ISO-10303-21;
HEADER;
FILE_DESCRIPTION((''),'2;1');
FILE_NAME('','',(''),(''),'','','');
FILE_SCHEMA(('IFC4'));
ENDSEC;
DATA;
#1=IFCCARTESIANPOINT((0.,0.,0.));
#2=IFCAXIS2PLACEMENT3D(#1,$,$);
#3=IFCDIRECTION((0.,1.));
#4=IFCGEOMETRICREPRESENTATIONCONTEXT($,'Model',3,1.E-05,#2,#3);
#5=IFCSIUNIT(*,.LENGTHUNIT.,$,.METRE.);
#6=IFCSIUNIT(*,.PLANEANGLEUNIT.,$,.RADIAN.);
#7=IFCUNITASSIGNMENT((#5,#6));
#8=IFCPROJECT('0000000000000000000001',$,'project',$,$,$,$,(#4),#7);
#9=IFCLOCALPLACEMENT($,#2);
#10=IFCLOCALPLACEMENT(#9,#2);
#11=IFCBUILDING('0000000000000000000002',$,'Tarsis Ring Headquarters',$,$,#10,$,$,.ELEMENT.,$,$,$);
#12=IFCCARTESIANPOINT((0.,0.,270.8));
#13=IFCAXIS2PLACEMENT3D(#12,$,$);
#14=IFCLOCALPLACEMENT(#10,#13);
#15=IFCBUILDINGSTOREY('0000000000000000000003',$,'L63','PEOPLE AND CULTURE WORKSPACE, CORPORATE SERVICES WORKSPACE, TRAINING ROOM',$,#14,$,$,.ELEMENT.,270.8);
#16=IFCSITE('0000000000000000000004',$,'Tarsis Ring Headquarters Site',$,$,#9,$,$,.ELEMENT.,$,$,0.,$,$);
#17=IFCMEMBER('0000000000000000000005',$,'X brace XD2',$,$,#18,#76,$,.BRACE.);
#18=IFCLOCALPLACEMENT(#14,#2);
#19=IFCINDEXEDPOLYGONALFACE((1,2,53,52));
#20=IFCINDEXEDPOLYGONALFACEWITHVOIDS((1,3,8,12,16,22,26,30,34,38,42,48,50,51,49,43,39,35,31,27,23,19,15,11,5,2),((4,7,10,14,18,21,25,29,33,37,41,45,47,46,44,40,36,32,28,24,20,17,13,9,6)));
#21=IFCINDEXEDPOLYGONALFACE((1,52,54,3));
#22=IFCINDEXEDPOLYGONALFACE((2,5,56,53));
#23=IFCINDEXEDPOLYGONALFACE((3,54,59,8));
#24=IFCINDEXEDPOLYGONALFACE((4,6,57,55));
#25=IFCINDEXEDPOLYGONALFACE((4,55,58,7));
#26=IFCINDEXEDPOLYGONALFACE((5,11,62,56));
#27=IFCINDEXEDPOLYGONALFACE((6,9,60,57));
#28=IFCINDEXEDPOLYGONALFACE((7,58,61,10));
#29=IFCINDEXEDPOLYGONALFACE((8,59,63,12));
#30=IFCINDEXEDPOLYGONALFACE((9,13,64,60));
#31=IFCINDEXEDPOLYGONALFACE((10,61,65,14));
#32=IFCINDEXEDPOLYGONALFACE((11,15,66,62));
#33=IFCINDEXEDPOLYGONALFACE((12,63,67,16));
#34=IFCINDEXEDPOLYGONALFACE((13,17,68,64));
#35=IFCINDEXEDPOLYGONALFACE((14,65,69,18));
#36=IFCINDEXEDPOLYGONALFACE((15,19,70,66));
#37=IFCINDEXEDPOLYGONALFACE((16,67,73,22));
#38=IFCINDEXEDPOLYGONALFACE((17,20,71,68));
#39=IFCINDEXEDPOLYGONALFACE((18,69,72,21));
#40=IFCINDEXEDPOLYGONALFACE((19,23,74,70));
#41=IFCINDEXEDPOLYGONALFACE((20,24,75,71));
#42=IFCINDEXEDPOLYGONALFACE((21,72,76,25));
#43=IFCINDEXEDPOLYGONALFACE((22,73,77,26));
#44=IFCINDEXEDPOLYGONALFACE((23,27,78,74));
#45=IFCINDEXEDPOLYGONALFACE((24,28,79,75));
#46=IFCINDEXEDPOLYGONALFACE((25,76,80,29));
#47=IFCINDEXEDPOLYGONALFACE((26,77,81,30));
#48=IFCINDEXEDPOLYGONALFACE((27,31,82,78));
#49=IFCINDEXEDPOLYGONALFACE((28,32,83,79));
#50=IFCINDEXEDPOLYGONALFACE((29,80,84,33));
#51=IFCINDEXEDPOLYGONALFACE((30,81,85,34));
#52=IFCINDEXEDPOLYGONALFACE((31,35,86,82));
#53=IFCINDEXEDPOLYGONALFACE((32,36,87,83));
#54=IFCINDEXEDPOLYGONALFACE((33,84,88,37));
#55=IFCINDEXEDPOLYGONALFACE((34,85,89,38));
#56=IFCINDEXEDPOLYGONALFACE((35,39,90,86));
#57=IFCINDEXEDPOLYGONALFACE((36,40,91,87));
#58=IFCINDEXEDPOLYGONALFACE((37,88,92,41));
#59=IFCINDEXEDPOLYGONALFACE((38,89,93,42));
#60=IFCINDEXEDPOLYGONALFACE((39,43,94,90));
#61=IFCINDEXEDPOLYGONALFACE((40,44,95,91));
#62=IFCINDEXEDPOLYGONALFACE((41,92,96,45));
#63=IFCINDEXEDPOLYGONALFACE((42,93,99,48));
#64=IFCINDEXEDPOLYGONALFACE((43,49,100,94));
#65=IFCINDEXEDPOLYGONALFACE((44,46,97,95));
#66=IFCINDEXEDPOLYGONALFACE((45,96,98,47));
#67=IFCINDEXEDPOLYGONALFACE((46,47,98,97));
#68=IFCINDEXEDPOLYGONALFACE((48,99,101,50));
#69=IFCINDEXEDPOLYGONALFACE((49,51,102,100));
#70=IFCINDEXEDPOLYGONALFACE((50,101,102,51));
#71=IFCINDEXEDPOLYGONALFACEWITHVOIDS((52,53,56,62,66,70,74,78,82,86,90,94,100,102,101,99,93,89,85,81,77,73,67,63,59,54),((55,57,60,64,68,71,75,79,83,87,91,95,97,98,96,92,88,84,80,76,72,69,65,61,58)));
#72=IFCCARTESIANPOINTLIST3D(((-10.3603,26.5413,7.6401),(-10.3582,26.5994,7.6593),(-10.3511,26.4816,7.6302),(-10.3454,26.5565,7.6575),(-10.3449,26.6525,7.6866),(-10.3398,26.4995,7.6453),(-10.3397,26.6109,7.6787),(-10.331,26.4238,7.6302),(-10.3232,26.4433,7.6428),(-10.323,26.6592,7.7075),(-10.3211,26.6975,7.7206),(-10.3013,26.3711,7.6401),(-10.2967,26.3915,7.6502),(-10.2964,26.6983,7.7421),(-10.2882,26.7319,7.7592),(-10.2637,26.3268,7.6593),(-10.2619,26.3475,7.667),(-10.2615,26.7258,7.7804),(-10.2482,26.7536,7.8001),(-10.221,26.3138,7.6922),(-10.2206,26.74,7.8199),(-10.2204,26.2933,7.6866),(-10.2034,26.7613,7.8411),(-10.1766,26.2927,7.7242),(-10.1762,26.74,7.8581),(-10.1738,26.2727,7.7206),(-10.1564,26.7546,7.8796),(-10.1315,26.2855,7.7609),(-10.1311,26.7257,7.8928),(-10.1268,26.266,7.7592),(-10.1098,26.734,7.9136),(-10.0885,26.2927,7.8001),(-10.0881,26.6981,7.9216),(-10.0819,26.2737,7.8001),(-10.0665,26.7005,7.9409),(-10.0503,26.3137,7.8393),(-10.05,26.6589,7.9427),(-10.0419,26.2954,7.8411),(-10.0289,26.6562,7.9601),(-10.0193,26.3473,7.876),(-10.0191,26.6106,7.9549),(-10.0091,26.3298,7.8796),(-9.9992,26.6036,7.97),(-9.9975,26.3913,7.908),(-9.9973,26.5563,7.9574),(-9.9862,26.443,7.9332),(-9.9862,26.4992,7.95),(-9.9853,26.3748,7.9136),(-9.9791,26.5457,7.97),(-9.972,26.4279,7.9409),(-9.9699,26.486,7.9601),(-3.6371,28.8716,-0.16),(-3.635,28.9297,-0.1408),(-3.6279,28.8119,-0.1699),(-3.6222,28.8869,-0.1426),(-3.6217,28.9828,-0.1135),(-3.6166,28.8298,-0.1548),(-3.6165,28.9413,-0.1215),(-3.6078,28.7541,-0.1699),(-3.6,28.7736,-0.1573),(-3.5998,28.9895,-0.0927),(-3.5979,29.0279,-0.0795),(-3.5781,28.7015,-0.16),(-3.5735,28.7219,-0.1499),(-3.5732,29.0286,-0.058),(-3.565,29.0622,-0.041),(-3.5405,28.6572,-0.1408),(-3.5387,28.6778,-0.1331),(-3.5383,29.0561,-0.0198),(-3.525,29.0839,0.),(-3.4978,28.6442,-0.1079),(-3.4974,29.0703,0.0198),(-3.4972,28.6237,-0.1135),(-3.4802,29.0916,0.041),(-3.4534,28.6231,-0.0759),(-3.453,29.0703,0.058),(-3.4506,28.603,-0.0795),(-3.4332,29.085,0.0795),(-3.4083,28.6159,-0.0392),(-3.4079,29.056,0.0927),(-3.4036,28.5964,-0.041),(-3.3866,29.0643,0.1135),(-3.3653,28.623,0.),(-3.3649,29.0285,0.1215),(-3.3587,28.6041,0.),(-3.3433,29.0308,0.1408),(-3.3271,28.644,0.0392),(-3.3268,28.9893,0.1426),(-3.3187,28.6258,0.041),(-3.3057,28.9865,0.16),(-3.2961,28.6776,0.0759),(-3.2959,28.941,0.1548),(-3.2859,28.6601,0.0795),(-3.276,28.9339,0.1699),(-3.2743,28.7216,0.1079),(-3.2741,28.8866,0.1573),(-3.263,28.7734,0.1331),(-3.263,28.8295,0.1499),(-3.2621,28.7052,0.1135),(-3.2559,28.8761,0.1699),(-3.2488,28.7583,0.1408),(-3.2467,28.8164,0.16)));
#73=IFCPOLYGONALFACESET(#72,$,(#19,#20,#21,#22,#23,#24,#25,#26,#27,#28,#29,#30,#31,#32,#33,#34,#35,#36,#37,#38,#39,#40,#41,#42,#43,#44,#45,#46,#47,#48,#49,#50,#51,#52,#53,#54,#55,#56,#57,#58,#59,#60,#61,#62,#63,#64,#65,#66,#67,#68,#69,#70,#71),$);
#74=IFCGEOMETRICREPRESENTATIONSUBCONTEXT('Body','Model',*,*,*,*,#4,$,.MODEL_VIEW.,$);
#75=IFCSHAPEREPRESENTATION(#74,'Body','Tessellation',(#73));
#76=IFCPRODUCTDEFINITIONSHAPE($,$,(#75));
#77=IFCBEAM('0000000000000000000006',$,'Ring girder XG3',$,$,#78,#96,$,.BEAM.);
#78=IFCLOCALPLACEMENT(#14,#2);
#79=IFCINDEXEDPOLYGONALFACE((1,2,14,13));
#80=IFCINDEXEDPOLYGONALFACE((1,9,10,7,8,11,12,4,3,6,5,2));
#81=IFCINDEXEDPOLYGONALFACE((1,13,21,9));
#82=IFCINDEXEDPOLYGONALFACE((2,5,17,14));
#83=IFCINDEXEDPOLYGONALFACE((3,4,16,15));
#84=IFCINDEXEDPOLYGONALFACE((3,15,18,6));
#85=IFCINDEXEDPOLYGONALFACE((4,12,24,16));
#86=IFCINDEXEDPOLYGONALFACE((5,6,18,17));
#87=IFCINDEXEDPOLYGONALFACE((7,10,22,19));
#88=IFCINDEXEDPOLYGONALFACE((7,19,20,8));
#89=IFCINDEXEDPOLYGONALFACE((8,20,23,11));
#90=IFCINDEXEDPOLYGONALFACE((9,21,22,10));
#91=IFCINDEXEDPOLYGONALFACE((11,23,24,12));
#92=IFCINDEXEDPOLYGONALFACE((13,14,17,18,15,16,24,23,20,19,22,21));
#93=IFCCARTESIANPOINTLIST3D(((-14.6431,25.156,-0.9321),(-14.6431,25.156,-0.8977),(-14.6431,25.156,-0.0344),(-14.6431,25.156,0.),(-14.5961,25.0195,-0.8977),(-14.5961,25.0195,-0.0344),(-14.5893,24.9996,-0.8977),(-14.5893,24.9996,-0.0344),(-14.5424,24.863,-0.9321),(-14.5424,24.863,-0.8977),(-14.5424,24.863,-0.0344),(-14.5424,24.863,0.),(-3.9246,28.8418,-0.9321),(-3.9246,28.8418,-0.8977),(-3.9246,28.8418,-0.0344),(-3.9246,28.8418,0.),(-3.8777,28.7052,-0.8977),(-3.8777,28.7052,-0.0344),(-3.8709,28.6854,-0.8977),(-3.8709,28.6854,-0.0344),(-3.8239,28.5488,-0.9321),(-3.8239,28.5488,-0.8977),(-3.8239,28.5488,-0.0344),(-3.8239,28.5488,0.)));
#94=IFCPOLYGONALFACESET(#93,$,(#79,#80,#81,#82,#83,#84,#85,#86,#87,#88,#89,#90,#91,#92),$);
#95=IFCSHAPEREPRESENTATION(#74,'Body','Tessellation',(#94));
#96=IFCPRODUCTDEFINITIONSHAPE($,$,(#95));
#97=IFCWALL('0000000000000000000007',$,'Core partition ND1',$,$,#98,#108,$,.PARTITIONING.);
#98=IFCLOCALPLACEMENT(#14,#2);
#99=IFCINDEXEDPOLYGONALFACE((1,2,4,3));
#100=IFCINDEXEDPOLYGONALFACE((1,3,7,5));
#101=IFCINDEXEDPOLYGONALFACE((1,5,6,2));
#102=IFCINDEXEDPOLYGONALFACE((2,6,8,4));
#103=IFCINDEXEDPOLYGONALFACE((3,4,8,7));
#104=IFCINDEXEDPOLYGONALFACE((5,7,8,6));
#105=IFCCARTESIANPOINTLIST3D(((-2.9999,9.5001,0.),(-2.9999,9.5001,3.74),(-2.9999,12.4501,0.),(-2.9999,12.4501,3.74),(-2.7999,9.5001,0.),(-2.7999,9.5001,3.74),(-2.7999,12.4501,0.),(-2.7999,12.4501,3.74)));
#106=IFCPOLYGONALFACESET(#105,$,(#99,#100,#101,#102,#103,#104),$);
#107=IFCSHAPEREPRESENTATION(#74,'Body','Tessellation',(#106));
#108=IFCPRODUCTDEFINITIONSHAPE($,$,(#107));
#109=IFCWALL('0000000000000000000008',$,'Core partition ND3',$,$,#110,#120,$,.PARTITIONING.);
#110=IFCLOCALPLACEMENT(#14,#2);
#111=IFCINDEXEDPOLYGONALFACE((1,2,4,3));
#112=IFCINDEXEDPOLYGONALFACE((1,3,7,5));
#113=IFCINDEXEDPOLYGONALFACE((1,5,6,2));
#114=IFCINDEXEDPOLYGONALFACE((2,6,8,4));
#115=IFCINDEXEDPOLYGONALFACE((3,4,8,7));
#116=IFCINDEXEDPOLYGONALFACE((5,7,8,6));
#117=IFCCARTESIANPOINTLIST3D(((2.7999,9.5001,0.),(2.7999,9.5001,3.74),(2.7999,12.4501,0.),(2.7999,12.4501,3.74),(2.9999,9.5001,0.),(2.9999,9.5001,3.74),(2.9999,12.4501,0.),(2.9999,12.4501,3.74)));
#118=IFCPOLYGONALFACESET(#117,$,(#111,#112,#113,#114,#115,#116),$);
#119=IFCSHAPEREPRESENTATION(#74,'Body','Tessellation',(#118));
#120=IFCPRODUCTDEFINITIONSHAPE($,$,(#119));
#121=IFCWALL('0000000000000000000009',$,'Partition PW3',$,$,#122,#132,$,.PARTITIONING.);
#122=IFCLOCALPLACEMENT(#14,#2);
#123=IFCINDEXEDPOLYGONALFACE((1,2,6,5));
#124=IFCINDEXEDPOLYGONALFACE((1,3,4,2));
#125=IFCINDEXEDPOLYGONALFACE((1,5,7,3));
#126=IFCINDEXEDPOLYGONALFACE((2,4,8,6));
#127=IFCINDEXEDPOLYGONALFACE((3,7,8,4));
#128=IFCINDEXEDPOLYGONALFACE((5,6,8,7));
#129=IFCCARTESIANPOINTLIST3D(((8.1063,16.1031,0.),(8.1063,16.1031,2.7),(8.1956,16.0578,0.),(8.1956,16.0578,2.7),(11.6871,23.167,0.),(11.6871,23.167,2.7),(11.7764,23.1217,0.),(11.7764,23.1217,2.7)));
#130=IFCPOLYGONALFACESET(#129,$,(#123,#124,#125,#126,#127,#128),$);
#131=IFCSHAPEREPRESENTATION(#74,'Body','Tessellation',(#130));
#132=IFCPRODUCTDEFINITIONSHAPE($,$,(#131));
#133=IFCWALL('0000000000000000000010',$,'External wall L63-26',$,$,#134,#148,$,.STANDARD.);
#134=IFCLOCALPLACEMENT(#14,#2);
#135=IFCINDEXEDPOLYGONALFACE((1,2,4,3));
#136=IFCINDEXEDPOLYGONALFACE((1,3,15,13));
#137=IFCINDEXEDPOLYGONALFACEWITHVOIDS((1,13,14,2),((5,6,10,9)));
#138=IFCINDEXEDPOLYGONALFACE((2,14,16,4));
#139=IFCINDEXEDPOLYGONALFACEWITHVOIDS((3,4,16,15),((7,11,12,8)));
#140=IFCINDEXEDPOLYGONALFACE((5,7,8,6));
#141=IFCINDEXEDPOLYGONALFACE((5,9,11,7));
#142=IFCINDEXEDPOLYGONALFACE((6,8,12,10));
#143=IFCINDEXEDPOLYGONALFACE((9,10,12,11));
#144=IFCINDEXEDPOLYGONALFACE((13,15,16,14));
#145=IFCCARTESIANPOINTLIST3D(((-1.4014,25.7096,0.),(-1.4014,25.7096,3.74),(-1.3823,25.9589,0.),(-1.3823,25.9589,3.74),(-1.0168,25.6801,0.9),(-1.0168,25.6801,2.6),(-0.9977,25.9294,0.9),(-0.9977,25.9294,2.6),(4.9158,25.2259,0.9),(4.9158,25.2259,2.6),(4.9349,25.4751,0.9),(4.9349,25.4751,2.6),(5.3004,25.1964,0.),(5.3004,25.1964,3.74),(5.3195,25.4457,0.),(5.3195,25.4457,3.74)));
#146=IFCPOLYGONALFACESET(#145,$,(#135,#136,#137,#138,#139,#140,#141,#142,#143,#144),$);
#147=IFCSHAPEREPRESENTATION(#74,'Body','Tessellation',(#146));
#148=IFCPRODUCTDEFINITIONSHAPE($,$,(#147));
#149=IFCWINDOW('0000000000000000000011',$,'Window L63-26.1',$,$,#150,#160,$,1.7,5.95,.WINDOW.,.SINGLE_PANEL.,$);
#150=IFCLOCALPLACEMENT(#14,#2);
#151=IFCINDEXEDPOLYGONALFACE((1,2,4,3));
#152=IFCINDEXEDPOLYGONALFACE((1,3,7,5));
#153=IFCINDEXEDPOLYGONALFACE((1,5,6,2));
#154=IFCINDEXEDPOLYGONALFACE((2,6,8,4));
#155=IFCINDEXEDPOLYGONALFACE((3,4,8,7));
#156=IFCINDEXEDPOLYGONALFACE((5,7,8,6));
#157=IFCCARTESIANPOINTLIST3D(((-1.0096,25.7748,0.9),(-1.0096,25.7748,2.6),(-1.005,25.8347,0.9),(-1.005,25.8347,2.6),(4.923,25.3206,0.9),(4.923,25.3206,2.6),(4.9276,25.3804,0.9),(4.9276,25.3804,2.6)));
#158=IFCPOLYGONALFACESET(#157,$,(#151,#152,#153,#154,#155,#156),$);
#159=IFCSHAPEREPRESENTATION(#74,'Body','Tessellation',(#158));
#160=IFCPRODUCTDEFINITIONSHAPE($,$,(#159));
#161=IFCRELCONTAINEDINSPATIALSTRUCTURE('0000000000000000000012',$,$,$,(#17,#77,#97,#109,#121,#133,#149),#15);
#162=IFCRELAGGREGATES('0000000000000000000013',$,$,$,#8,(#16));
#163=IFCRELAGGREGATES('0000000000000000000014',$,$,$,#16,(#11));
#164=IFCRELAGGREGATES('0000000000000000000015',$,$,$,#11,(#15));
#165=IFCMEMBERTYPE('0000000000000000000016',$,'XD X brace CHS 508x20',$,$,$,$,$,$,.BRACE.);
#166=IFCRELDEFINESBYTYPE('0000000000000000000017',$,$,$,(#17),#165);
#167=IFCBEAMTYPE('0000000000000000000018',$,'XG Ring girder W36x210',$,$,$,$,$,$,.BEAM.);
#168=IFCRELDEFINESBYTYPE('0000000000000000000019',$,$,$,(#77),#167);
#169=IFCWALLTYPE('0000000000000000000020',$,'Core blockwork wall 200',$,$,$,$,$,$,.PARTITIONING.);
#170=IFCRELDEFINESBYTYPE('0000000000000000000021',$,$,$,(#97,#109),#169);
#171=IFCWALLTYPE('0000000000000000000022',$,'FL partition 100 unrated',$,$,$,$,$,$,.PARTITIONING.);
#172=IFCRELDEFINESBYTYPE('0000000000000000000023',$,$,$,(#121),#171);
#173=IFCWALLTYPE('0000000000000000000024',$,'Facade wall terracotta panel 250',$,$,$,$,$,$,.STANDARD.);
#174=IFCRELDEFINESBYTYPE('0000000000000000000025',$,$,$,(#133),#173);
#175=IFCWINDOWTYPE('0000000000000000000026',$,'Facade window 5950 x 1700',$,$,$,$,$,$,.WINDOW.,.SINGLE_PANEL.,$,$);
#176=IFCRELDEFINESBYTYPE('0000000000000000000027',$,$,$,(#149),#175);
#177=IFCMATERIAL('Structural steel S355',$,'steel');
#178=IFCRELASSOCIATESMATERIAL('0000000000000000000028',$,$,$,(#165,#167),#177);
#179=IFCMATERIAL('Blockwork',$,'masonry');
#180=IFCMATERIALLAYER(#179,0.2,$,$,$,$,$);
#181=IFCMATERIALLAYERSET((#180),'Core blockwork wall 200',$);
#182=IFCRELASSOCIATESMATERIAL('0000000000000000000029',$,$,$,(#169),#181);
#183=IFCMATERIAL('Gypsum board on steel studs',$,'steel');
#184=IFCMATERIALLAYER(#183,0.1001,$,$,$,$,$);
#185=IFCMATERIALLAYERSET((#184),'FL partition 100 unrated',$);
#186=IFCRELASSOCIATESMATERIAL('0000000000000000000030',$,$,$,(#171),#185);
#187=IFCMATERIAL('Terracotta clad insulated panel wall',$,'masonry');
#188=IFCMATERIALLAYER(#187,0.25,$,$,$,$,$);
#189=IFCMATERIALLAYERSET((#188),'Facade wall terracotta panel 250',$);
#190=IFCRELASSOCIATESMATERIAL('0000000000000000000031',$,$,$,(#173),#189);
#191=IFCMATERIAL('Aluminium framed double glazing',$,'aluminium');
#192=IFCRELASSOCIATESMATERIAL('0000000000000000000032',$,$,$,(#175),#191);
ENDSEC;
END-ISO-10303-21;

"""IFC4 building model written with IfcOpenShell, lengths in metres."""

from ifc_helpers import new_model, si_unit, direction, frame, frame_2d, origin, origin_2d, place, context, subcontext, project, spatial, rectangle, hollow_circle, i_section, extrude, material, layer, layer_set, material_profile, profile_set, type_object, element, fill, save


model = new_model("IFC4")

# Units and contexts
model_context = context("Model", 3, precision=1e-05, world=origin(), true_north=direction((0.0, 1.0)))
body_context = subcontext(model_context, "Body", "Model", "MODEL_VIEW")
ifc_project = project(units=[si_unit("LENGTHUNIT", "METRE"), si_unit("PLANEANGLEUNIT", "RADIAN")], contexts=[model_context])

# Site, building, storey
site_placement = place(None, origin())
site = spatial("IfcSite", under=ifc_project, at=site_placement, Name="Tarsis Ring Headquarters Site", CompositionType="ELEMENT", RefElevation=0.0)
building_placement = place(site_placement, origin())
building = spatial("IfcBuilding", under=site, at=building_placement, Name="Tarsis Ring Headquarters", CompositionType="ELEMENT")
storey_placement = place(building_placement, frame((0.0, 0.0, 270.8)))
storey = spatial("IfcBuildingStorey", under=building, at=storey_placement, Name="L63", Description="PEOPLE AND CULTURE WORKSPACE, CORPORATE SERVICES WORKSPACE, TRAINING ROOM", CompositionType="ELEMENT", Elevation=270.8)

# Shared definitions
ifc_material_1 = material(Name="Structural steel S355", Category="steel")

# Member
ifc_material_profile_1 = material_profile(ifc_material_1, hollow_circle(Radius=0.2539, WallThickness=0.02, at=origin_2d()), Name="CHS 508x20")
ifc_profile_set_1 = profile_set([ifc_material_profile_1], Name="Structural steel S355")
member_type = type_object("IfcMemberType", Name="XD X brace CHS 508x20", PredefinedType="BRACE", material=ifc_profile_set_1)
member_placement = place(storey_placement, frame((-3.4419, 28.844, 0.0), z_axis=(-0.636781, -0.220716, 0.738779), x_axis=(0.327497, -0.944852, 0.0)))
element("IfcMember", 1, at=member_placement, inside=storey, type_object=member_type, Name="X brace XD2", PredefinedType="BRACE", context=body_context, shape_type="SweptSolid", body=[
    extrude(hollow_circle(Radius=0.2539, WallThickness=0.02, at=origin_2d()), origin(), (0.0, 0.0, 1.0), 10.5581),
])

# Beam
ifc_material_profile_2 = material_profile(ifc_material_1, i_section(OverallWidth=0.3098, OverallDepth=0.9321, WebThickness=0.021, FlangeThickness=0.0344, at=origin_2d()), Name="W36x210")
ifc_profile_set_2 = profile_set([ifc_material_profile_2], Name="Structural steel S355")
beam_type_1 = type_object("IfcBeamType", Name="XG Ring girder W36x210", PredefinedType="BEAM", material=ifc_profile_set_2)
beam_1_placement = place(storey_placement, frame((-3.8743, 28.6953, -0.4661), z_axis=(-0.945651, -0.325183, 0.0), x_axis=(0.325183, -0.945651, 0.0)))
element("IfcBeam", 2, at=beam_1_placement, inside=storey, type_object=beam_type_1, Name="Ring girder XG3", PredefinedType="BEAM", context=body_context, shape_type="SweptSolid", body=[
    extrude(i_section(OverallWidth=0.3098, OverallDepth=0.9321, WebThickness=0.021, FlangeThickness=0.0344, at=origin_2d()), origin(), (0.0, 0.0, 1.0), 11.3345),
])

# Walls
ifc_material_2 = material(Name="Blockwork", Category="masonry")
ifc_layer_1 = layer(ifc_material_2, 0.2)
ifc_layer_set_1 = layer_set([ifc_layer_1], Name="Core blockwork wall 200")
wall_type_1 = type_object("IfcWallType", Name="Core blockwork wall 200", PredefinedType="PARTITIONING", material=ifc_layer_set_1)
for number, where, z_axis, x_axis, name in (
    (3, (-2.8999, 9.5, 0.0), (0.0, 0.0, 1.0), (0.0, 1.0, 0.0), "Core partition ND1"),
    (4, (2.8999, 9.5, 0.0), (0.0, 0.0, 1.0), (0.0, 1.0, 0.0), "Core partition ND3"),
):
    element("IfcWall", number, at=place(storey_placement, frame(where, z_axis=z_axis, x_axis=x_axis)), inside=storey, type_object=wall_type_1, Name=name, PredefinedType="PARTITIONING", context=body_context, shape_type="SweptSolid", body=[
        extrude(rectangle(XDim=2.95, YDim=0.2, at=frame_2d((1.4751, 0.0))), origin(), (0.0, 0.0, 1.0), 3.74),
    ])
ifc_material_3 = material(Name="Gypsum board on steel studs", Category="steel")
ifc_layer_2 = layer(ifc_material_3, 0.1001)
ifc_layer_set_2 = layer_set([ifc_layer_2], Name="FL partition 100 unrated")
wall_type_2 = type_object("IfcWallType", Name="FL partition 100 unrated", PredefinedType="PARTITIONING", material=ifc_layer_set_2)
wall_1_placement = place(storey_placement, frame((8.1509, 16.0803, 0.0), z_axis=(0.0, 0.0, 1.0), x_axis=(0.452139, 0.891947, 0.0)))
element("IfcWall", 5, at=wall_1_placement, inside=storey, type_object=wall_type_2, Name="Partition PW3", PredefinedType="PARTITIONING", context=body_context, shape_type="SweptSolid", body=[
    extrude(rectangle(XDim=7.9197, YDim=0.1001, at=frame_2d((3.96, 0.0))), origin(), (0.0, 0.0, 1.0), 2.7),
])

# Wall, opening, window
ifc_material_4 = material(Name="Terracotta clad insulated panel wall", Category="masonry")
ifc_layer_3 = layer(ifc_material_4, 0.25)
ifc_layer_set_3 = layer_set([ifc_layer_3], Name="Facade wall terracotta panel 250")
wall_type_3 = type_object("IfcWallType", Name="Facade wall terracotta panel 250", PredefinedType="STANDARD", material=ifc_layer_set_3)
wall_2_placement = place(storey_placement, frame((5.3101, 25.321, 0.0), z_axis=(0.0, 0.0, 1.0), x_axis=(-0.997081, 0.076349, 0.0)))
wall_2 = element("IfcWall", 6, at=wall_2_placement, inside=storey, type_object=wall_type_3, Name="External wall L63-26", PredefinedType="STANDARD", context=body_context, shape_type="SweptSolid", body=[
    extrude(rectangle(XDim=6.7214, YDim=0.25, at=frame_2d((3.3608, 0.0))), origin(), (0.0, 0.0, 1.0), 3.74),
])
opening_1_placement = place(wall_2_placement, frame((0.3857, 0.0, 0.8999)))
opening_1 = element("IfcOpeningElement", 7, at=opening_1_placement, cuts=wall_2, PredefinedType="OPENING", context=body_context, shape_type="SweptSolid", body=[
    extrude(rectangle(XDim=5.95, YDim=1.7, at=frame_2d((2.9751, 0.8501))), frame((0.0, 0.135, 0.0), z_axis=(0.0, -1.0, 0.0), x_axis=(1.0, 0.0, 0.0)), (0.0, 0.0, 1.0), 0.27),
])
ifc_material_5 = material(Name="Aluminium framed double glazing", Category="aluminium")
window_type = type_object("IfcWindowType", Name="Facade window 5950 x 1700", PartitioningType="SINGLE_PANEL", PredefinedType="WINDOW", material=ifc_material_5)
window_1_placement = place(opening_1_placement, origin())
window_1 = element("IfcWindow", 8, at=window_1_placement, inside=storey, type_object=window_type, Name="Window L63-26.1", OverallHeight=1.7, OverallWidth=5.95, PartitioningType="SINGLE_PANEL", PredefinedType="WINDOW", context=body_context, shape_type="SweptSolid", body=[
    extrude(rectangle(XDim=5.95, YDim=1.7, at=frame_2d((2.9751, 0.8501))), frame((0.0, 0.03, 0.0), z_axis=(0.0, -1.0, 0.0), x_axis=(1.0, 0.0, 0.0)), (0.0, 0.0, 1.0), 0.0601),
])
fill(opening_1, window_1)

save(model, "model.ifc")
